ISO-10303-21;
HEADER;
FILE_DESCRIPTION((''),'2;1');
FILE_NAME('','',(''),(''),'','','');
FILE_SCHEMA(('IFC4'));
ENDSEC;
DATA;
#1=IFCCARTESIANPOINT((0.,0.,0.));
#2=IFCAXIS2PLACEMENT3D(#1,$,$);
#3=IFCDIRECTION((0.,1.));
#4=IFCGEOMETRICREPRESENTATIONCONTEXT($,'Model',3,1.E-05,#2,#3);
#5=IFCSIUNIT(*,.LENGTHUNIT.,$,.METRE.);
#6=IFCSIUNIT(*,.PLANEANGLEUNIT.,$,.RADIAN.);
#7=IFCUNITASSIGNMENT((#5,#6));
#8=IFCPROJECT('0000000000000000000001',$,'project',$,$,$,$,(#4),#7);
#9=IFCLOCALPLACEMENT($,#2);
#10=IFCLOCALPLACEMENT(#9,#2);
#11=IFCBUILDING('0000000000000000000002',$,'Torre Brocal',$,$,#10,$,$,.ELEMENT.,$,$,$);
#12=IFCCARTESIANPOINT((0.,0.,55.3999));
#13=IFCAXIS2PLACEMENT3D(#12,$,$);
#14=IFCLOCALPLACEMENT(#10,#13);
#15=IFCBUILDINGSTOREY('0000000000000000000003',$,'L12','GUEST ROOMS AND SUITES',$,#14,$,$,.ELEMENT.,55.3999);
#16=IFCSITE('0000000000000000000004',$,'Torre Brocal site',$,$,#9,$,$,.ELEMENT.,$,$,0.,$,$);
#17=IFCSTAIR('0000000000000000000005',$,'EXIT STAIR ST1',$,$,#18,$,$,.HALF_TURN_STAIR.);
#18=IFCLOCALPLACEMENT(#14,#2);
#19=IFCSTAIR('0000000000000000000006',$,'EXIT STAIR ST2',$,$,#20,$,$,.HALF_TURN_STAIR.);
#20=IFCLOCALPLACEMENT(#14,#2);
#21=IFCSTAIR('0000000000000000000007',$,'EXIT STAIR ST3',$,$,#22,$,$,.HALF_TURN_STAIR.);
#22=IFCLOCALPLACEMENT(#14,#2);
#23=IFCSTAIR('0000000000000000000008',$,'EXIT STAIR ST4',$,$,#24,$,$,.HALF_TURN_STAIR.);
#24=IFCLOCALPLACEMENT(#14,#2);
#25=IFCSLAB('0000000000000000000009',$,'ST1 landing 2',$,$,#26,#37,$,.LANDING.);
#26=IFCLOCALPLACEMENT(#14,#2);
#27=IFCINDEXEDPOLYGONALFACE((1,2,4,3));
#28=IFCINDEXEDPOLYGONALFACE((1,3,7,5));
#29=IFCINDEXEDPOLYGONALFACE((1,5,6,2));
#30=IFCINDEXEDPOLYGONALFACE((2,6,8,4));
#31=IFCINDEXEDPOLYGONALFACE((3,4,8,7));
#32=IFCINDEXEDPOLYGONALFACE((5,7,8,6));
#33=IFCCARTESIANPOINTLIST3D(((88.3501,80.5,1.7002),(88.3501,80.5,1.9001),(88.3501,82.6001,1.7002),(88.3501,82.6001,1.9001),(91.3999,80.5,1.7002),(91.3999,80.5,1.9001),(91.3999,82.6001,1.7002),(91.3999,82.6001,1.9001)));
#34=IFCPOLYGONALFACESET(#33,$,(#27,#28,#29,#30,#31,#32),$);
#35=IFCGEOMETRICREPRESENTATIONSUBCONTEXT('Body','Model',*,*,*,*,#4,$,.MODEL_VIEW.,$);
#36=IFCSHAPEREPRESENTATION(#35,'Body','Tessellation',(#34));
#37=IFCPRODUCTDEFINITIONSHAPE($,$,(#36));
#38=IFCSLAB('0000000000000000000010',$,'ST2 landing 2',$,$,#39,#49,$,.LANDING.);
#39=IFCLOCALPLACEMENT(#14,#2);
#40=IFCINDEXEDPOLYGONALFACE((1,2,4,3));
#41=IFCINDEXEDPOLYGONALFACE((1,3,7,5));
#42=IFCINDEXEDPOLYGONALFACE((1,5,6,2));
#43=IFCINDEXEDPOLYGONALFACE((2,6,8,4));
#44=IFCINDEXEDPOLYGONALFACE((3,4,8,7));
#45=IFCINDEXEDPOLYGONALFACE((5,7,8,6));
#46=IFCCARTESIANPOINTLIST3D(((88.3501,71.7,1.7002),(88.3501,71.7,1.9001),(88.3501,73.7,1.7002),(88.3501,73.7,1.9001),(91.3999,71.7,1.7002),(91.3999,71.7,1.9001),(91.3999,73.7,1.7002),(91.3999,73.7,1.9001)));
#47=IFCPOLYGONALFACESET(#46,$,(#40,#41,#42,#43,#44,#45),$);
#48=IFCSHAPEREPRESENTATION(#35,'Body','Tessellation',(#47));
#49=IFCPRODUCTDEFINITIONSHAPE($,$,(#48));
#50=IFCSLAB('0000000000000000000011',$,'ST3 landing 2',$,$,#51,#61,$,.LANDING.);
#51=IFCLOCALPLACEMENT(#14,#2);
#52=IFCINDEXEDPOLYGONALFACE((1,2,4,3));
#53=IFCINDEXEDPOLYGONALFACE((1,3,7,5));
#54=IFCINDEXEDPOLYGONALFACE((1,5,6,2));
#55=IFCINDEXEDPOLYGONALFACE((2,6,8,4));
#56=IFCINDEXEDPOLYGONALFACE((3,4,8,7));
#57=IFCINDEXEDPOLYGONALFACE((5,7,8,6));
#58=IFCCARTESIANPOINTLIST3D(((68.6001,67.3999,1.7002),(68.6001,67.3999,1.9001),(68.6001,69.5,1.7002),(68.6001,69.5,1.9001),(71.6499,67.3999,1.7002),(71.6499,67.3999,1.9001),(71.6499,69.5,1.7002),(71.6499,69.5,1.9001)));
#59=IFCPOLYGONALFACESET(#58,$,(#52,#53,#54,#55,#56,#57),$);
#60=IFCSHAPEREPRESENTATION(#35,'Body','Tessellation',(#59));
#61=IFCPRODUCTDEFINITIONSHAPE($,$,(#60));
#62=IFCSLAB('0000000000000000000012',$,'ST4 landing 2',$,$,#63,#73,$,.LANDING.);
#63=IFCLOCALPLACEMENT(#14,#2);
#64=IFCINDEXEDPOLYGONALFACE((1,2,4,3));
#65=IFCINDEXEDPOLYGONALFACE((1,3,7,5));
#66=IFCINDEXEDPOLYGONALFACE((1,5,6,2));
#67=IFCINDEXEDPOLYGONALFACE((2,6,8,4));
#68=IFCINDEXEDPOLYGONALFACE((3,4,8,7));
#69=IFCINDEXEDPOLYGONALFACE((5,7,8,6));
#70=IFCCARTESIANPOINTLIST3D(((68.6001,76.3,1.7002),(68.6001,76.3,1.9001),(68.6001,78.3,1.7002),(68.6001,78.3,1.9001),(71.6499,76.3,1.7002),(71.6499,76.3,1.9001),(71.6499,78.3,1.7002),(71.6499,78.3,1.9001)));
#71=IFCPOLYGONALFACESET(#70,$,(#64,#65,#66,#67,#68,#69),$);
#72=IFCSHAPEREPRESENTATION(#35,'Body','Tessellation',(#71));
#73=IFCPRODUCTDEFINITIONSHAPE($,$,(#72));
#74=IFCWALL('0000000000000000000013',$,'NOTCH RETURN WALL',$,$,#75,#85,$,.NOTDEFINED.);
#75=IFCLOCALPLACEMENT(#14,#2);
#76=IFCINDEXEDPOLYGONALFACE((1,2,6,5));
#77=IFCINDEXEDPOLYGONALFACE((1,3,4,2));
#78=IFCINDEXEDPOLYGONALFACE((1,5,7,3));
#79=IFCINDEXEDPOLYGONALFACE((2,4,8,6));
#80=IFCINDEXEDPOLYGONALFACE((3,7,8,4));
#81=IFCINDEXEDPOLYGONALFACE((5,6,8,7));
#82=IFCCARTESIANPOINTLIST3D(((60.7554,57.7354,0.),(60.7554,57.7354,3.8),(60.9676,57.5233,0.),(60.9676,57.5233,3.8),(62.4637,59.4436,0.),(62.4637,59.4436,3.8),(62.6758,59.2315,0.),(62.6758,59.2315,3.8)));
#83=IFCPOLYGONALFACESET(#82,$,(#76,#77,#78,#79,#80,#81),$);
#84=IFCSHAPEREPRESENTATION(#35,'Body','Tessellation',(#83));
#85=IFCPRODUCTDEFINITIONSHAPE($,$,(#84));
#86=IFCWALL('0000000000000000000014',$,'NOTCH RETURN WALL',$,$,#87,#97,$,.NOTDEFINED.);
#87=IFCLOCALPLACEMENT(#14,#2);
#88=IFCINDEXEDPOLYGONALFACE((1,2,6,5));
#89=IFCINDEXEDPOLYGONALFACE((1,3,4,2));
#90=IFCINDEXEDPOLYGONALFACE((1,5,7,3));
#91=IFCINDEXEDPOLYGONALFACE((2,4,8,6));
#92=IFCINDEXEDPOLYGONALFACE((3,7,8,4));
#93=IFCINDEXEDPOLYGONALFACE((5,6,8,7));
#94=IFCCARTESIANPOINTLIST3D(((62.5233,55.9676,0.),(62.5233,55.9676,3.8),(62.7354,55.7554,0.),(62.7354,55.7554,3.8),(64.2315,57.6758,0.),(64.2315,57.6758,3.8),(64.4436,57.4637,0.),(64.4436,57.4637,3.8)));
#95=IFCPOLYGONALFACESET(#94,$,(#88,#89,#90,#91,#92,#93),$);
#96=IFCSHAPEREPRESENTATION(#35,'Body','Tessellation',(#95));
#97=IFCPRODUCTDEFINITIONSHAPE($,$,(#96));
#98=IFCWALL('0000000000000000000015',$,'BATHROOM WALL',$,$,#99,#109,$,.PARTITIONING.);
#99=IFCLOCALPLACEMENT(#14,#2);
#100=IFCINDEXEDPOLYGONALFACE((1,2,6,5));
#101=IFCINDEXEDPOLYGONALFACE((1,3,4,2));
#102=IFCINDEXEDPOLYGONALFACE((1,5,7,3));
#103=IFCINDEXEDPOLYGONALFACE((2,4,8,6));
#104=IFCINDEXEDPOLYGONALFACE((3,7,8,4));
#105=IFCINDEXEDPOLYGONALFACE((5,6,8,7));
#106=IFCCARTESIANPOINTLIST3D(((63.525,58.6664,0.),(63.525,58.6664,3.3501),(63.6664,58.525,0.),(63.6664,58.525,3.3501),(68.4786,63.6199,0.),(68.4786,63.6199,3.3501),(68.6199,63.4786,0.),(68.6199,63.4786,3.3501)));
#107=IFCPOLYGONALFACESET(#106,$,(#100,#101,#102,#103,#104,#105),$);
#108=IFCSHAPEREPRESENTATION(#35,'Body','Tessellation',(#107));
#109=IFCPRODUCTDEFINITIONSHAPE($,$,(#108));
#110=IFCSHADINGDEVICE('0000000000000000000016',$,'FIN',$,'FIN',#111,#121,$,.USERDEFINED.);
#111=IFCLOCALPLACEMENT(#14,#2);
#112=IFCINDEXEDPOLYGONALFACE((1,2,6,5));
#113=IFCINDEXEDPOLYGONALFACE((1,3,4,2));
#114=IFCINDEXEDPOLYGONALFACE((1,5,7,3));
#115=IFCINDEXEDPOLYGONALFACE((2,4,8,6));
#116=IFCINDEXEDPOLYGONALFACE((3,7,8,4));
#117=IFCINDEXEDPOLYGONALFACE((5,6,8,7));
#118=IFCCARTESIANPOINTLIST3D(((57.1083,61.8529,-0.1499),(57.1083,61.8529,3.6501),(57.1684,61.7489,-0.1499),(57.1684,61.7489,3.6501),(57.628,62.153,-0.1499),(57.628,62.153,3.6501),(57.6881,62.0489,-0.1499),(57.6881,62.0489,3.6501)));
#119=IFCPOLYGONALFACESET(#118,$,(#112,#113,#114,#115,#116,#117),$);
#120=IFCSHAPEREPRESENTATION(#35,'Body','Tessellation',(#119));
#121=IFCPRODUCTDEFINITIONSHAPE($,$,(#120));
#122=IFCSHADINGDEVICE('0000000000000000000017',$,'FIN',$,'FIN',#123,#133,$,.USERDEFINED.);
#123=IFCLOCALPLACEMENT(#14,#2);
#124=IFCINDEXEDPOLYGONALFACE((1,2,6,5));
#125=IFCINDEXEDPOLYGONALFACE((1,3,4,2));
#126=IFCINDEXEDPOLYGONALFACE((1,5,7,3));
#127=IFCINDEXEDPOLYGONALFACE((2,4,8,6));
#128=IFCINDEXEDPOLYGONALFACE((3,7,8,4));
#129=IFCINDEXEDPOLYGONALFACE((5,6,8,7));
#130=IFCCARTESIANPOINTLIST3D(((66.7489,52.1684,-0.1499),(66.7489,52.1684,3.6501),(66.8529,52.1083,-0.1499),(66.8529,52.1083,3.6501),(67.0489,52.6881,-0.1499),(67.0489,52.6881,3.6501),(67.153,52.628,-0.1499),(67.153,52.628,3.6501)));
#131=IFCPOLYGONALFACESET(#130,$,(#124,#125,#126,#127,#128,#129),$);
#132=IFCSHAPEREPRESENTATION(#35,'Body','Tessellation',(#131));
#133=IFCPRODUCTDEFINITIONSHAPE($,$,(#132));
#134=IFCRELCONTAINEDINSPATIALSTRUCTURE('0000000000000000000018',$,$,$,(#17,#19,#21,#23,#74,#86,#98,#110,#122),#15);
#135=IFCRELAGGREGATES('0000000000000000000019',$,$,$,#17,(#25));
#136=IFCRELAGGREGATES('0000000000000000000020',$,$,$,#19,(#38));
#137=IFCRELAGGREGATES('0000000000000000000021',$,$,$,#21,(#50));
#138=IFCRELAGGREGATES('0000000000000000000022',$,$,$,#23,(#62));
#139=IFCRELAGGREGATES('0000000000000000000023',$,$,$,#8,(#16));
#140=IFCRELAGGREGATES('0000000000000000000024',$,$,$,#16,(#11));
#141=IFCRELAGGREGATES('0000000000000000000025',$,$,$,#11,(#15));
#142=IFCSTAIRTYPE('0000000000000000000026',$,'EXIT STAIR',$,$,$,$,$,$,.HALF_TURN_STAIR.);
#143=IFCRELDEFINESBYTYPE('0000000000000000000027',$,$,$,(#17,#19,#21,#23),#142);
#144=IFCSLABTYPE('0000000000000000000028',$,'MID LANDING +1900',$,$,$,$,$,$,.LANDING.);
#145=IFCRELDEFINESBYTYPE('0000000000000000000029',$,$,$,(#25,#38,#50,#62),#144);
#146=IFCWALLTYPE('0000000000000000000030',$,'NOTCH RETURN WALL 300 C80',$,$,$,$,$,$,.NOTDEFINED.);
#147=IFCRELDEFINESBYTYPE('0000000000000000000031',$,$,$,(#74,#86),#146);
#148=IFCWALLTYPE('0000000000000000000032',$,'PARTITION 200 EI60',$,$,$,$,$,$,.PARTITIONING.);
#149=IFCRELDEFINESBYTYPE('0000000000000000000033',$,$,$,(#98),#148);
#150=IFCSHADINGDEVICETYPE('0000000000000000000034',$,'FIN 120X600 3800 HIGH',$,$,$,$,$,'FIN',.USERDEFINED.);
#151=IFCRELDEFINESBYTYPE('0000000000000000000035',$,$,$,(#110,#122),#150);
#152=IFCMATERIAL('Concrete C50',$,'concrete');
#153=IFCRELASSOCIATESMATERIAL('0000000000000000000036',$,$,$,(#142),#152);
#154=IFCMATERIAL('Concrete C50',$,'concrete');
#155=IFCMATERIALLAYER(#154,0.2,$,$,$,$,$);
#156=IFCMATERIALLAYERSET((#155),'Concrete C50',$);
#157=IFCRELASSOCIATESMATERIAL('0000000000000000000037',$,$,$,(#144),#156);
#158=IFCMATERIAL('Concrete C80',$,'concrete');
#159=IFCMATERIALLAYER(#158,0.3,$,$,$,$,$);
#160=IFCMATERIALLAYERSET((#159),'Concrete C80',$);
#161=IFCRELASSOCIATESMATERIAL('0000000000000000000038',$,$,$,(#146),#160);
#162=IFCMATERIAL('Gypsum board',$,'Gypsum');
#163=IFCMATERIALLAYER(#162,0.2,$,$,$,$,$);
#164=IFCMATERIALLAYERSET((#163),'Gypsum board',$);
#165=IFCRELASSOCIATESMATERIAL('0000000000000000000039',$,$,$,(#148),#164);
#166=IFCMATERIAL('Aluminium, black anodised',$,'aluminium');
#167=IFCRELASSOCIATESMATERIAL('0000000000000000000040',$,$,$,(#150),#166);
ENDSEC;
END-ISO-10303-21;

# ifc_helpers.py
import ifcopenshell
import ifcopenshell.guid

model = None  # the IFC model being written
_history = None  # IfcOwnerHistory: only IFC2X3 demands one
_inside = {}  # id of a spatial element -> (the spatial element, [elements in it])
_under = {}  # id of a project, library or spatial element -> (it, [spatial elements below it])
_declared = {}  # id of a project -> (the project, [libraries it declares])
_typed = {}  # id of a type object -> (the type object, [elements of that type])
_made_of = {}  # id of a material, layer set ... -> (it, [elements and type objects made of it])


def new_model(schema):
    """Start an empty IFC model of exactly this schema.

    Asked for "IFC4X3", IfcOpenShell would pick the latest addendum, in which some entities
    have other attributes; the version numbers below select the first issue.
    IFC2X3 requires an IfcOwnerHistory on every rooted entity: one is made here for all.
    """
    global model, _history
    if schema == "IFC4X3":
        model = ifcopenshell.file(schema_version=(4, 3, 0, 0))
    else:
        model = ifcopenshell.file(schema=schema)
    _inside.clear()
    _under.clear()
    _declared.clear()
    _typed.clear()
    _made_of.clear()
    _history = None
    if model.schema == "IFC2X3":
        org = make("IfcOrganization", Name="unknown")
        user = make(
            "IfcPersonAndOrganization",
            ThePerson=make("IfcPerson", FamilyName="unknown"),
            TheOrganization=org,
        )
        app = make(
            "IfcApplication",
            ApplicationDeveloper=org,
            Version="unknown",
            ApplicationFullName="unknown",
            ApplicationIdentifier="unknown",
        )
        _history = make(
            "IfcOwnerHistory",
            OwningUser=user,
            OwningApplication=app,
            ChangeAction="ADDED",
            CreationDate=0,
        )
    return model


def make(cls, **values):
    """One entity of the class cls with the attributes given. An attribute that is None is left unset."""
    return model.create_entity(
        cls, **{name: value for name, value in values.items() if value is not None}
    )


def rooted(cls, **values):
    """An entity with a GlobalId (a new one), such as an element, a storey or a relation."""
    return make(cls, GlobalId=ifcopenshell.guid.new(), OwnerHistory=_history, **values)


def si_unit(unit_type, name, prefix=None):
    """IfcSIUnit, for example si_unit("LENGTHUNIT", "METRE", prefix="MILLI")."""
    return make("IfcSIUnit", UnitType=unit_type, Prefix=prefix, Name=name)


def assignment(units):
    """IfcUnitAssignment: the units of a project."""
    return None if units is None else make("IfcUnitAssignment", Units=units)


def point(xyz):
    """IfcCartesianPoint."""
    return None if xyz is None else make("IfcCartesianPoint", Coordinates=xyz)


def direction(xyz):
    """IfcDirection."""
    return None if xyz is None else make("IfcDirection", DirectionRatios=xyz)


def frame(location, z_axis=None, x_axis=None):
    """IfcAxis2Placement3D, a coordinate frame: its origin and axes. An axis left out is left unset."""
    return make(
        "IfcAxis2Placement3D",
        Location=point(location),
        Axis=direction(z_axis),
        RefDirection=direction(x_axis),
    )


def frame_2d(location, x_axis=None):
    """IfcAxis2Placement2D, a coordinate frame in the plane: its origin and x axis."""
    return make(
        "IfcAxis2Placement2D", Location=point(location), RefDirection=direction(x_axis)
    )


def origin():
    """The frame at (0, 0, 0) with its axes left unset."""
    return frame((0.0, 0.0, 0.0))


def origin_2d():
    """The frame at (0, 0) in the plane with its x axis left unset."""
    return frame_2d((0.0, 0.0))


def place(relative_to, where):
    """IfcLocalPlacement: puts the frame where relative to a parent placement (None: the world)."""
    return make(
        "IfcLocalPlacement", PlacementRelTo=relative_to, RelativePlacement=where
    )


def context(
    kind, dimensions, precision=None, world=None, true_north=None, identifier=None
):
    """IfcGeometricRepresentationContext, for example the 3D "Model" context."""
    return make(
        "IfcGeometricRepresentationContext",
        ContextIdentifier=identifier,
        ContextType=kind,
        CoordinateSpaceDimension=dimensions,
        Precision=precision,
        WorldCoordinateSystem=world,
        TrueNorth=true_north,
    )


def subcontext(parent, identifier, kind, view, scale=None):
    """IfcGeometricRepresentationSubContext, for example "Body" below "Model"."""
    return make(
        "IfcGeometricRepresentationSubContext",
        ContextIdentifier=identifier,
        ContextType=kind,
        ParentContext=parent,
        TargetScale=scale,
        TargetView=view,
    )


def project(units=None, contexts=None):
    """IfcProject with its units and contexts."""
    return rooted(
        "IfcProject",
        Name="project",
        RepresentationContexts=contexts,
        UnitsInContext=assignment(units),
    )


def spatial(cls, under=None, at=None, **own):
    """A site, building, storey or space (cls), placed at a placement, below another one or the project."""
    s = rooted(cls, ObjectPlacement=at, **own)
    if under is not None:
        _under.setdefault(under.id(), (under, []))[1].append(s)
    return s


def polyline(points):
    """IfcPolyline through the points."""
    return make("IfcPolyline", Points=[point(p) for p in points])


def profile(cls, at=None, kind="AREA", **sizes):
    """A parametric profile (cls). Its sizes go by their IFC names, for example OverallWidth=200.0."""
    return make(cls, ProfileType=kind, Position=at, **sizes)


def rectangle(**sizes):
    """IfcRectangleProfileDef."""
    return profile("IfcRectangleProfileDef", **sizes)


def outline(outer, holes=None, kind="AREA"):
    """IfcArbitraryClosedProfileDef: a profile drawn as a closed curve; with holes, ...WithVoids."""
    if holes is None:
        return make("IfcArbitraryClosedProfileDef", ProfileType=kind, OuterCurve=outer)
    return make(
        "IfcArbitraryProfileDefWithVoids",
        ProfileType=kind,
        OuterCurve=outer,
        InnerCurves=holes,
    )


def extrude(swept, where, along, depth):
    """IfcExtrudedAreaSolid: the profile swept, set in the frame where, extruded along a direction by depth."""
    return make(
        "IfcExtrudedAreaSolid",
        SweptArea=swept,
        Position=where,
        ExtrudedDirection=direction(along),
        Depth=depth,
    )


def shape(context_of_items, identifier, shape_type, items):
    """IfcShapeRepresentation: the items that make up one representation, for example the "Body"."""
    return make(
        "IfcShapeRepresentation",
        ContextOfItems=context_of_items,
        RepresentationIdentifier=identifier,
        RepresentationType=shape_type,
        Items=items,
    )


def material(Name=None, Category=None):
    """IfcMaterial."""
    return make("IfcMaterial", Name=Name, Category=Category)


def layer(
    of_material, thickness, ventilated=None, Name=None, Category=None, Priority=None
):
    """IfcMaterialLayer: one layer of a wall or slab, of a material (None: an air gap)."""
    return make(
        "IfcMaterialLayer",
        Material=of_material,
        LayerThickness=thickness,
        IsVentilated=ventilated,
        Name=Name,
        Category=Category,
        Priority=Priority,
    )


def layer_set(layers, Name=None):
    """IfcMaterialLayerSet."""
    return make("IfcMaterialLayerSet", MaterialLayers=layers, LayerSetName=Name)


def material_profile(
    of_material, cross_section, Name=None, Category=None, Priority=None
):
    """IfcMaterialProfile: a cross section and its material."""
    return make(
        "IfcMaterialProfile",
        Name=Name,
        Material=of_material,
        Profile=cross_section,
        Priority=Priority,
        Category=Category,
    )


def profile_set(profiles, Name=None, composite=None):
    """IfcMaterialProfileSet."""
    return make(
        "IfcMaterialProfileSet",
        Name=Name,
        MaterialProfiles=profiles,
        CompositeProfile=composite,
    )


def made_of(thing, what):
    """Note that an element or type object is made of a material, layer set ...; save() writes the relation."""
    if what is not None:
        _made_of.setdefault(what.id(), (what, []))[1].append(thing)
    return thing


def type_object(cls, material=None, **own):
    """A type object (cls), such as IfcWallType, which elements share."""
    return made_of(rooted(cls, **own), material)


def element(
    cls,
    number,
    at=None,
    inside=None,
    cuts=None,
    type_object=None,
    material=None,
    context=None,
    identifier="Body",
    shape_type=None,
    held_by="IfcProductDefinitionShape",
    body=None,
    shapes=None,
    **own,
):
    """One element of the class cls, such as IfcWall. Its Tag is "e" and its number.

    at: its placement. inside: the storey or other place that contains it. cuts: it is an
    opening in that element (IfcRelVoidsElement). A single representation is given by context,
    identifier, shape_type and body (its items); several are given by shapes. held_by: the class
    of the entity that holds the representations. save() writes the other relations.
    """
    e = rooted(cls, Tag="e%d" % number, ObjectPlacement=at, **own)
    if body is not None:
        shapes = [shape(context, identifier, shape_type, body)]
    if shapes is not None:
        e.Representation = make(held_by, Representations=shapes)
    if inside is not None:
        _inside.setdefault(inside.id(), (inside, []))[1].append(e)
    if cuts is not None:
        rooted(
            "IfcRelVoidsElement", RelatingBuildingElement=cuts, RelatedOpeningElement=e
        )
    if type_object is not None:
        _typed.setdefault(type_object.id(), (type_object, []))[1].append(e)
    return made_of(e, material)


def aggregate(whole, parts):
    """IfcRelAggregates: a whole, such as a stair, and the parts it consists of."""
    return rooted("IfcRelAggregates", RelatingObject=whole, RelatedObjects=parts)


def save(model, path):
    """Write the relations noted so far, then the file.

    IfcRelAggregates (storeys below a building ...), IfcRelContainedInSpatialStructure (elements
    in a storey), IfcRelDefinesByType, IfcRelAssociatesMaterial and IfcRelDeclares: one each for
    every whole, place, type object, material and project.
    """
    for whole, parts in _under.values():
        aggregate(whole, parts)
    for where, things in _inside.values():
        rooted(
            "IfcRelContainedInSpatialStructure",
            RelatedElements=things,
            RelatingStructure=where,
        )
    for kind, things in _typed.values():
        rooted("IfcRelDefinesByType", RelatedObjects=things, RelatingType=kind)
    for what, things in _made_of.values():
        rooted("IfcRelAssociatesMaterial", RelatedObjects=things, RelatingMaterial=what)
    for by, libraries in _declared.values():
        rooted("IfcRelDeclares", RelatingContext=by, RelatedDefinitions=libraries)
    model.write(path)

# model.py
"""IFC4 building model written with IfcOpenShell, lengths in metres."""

from ifc_helpers import new_model, si_unit, direction, frame, frame_2d, origin, origin_2d, place, context, subcontext, project, spatial, polyline, rectangle, outline, extrude, material, layer, layer_set, material_profile, profile_set, type_object, element, aggregate, save


model = new_model("IFC4")

# Units and contexts
model_context = context("Model", 3, precision=1e-05, world=origin(), true_north=direction((0.0, 1.0)))
body_context = subcontext(model_context, "Body", "Model", "MODEL_VIEW")
ifc_project = project(units=[si_unit("LENGTHUNIT", "METRE"), si_unit("PLANEANGLEUNIT", "RADIAN")], contexts=[model_context])

# Site, building, storey
site_placement = place(None, origin())
site = spatial("IfcSite", under=ifc_project, at=site_placement, Name="Torre Brocal site", CompositionType="ELEMENT", RefElevation=0.0)
building_placement = place(site_placement, origin())
building = spatial("IfcBuilding", under=site, at=building_placement, Name="Torre Brocal", CompositionType="ELEMENT")
storey_placement = place(building_placement, frame((0.0, 0.0, 55.3999)))
storey = spatial("IfcBuildingStorey", under=building, at=storey_placement, Name="L12", Description="GUEST ROOMS AND SUITES", CompositionType="ELEMENT", Elevation=55.3999)

# Stairs
ifc_material_1 = material(Name="Concrete C50", Category="concrete")
stair_type = type_object("IfcStairType", Name="EXIT STAIR", PredefinedType="HALF_TURN_STAIR", material=ifc_material_1)
stair_1_placement = place(storey_placement, origin())
stair_1 = element("IfcStair", 1, at=stair_1_placement, inside=storey, type_object=stair_type, Name="EXIT STAIR ST1", PredefinedType="HALF_TURN_STAIR")
stair_2_placement = place(storey_placement, origin())
stair_2 = element("IfcStair", 2, at=stair_2_placement, inside=storey, type_object=stair_type, Name="EXIT STAIR ST2", PredefinedType="HALF_TURN_STAIR")
stair_3_placement = place(storey_placement, origin())
stair_3 = element("IfcStair", 3, at=stair_3_placement, inside=storey, type_object=stair_type, Name="EXIT STAIR ST3", PredefinedType="HALF_TURN_STAIR")
stair_4_placement = place(storey_placement, origin())
stair_4 = element("IfcStair", 4, at=stair_4_placement, inside=storey, type_object=stair_type, Name="EXIT STAIR ST4", PredefinedType="HALF_TURN_STAIR")

# Slabs
ifc_material_2 = material(Name="Concrete C50", Category="concrete")
ifc_layer_1 = layer(ifc_material_2, 0.2)
ifc_layer_set_1 = layer_set([ifc_layer_1], Name="Concrete C50")
slab_type_1 = type_object("IfcSlabType", Name="MID LANDING +1900", PredefinedType="LANDING", material=ifc_layer_set_1)
slab_1_placement = place(storey_placement, frame((0.0, 0.0, 1.7002)))
slab_1 = element("IfcSlab", 5, at=slab_1_placement, type_object=slab_type_1, Name="ST1 landing 2", PredefinedType="LANDING", context=body_context, shape_type="SweptSolid", body=[
    extrude(outline(polyline([(88.3501, 80.5), (91.3999, 80.5), (91.3999, 82.6001), (88.3501, 82.6001), (88.3501, 80.5)])), origin(), (0.0, 0.0, 1.0), 0.2),
])
aggregate(stair_1, [slab_1])
slab_2_placement = place(storey_placement, frame((0.0, 0.0, 1.7002)))
slab_2 = element("IfcSlab", 6, at=slab_2_placement, type_object=slab_type_1, Name="ST2 landing 2", PredefinedType="LANDING", context=body_context, shape_type="SweptSolid", body=[
    extrude(outline(polyline([(88.3501, 71.7), (91.3999, 71.7), (91.3999, 73.7), (88.3501, 73.7), (88.3501, 71.7)])), origin(), (0.0, 0.0, 1.0), 0.2),
])
aggregate(stair_2, [slab_2])
slab_3_placement = place(storey_placement, frame((0.0, 0.0, 1.7002)))
slab_3 = element("IfcSlab", 7, at=slab_3_placement, type_object=slab_type_1, Name="ST3 landing 2", PredefinedType="LANDING", context=body_context, shape_type="SweptSolid", body=[
    extrude(outline(polyline([(71.6499, 69.5), (68.6001, 69.5), (68.6001, 67.3999), (71.6499, 67.3999), (71.6499, 69.5)])), origin(), (0.0, 0.0, 1.0), 0.2),
])
aggregate(stair_3, [slab_3])
slab_4_placement = place(storey_placement, frame((0.0, 0.0, 1.7002)))
slab_4 = element("IfcSlab", 8, at=slab_4_placement, type_object=slab_type_1, Name="ST4 landing 2", PredefinedType="LANDING", context=body_context, shape_type="SweptSolid", body=[
    extrude(outline(polyline([(71.6499, 78.3), (68.6001, 78.3), (68.6001, 76.3), (71.6499, 76.3), (71.6499, 78.3)])), origin(), (0.0, 0.0, 1.0), 0.2),
])
aggregate(stair_4, [slab_4])

# Walls
ifc_material_3 = material(Name="Concrete C80", Category="concrete")
ifc_layer_2 = layer(ifc_material_3, 0.3)
ifc_layer_set_2 = layer_set([ifc_layer_2], Name="Concrete C80")
wall_type_1 = type_object("IfcWallType", Name="NOTCH RETURN WALL 300 C80", PredefinedType="NOTDEFINED", material=ifc_layer_set_2)
for number, where, z_axis, x_axis, name in (
    (9, (62.5698, 59.3376, 0.0), (0.0, 0.0, 1.0), (-0.707107, -0.707107, 0.0), "NOTCH RETURN WALL"),
    (10, (64.3376, 57.5698, 0.0), (0.0, 0.0, 1.0), (-0.707107, -0.707107, 0.0), "NOTCH RETURN WALL"),
):
    element("IfcWall", number, at=place(storey_placement, frame(where, z_axis=z_axis, x_axis=x_axis)), inside=storey, type_object=wall_type_1, Name=name, PredefinedType="NOTDEFINED", context=body_context, shape_type="SweptSolid", body=[
        extrude(rectangle(XDim=2.4158, YDim=0.3, at=frame_2d((1.208, 0.0))), origin(), (0.0, 0.0, 1.0), 3.8),
    ])
ifc_material_4 = material(Name="Gypsum board", Category="Gypsum")
ifc_layer_3 = layer(ifc_material_4, 0.2)
ifc_layer_set_3 = layer_set([ifc_layer_3], Name="Gypsum board")
wall_type_2 = type_object("IfcWallType", Name="PARTITION 200 EI60", PredefinedType="PARTITIONING", material=ifc_layer_set_3)
wall_placement = place(storey_placement, frame((63.5957, 58.5957, 0.0), z_axis=(0.0, 0.0, 1.0), x_axis=(0.707107, 0.707107, 0.0)))
element("IfcWall", 11, at=wall_placement, inside=storey, type_object=wall_type_2, Name="BATHROOM WALL", PredefinedType="PARTITIONING", context=body_context, shape_type="SweptSolid", body=[
    extrude(rectangle(XDim=7.0054, YDim=0.2, at=frame_2d((3.5027, 0.0))), origin(), (0.0, 0.0, 1.0), 3.3501),
])

# Shading devices
ifc_material_5 = material(Name="Aluminium, black anodised", Category="aluminium")
ifc_material_profile_1 = material_profile(ifc_material_5, rectangle(XDim=0.1201, YDim=0.6001, at=origin_2d()), Name="FIN 120X600 3800 HIGH")
ifc_profile_set_1 = profile_set([ifc_material_profile_1], Name="Aluminium, black anodised")
shading_device_type = type_object("IfcShadingDeviceType", Name="FIN 120X600 3800 HIGH", ElementType="FIN", PredefinedType="USERDEFINED", material=ifc_profile_set_1)
for number, where, z_axis, x_axis, name in (
    (12, (57.3982, 61.9509, -0.1499), (0.0, 0.0, 1.0), (0.5, -0.866025, 0.0), "FIN"),
    (13, (66.9509, 52.3982, -0.1499), (0.0, 0.0, 1.0), (0.866025, -0.5, 0.0), "FIN"),
):
    element("IfcShadingDevice", number, at=place(storey_placement, frame(where, z_axis=z_axis, x_axis=x_axis)), inside=storey, type_object=shading_device_type, Name=name, ObjectType="FIN", PredefinedType="USERDEFINED", context=body_context, shape_type="SweptSolid", body=[
        extrude(rectangle(XDim=0.1201, YDim=0.6001, at=origin_2d()), origin(), (0.0, 0.0, 1.0), 3.8),
    ])

save(model, "model.ifc")
